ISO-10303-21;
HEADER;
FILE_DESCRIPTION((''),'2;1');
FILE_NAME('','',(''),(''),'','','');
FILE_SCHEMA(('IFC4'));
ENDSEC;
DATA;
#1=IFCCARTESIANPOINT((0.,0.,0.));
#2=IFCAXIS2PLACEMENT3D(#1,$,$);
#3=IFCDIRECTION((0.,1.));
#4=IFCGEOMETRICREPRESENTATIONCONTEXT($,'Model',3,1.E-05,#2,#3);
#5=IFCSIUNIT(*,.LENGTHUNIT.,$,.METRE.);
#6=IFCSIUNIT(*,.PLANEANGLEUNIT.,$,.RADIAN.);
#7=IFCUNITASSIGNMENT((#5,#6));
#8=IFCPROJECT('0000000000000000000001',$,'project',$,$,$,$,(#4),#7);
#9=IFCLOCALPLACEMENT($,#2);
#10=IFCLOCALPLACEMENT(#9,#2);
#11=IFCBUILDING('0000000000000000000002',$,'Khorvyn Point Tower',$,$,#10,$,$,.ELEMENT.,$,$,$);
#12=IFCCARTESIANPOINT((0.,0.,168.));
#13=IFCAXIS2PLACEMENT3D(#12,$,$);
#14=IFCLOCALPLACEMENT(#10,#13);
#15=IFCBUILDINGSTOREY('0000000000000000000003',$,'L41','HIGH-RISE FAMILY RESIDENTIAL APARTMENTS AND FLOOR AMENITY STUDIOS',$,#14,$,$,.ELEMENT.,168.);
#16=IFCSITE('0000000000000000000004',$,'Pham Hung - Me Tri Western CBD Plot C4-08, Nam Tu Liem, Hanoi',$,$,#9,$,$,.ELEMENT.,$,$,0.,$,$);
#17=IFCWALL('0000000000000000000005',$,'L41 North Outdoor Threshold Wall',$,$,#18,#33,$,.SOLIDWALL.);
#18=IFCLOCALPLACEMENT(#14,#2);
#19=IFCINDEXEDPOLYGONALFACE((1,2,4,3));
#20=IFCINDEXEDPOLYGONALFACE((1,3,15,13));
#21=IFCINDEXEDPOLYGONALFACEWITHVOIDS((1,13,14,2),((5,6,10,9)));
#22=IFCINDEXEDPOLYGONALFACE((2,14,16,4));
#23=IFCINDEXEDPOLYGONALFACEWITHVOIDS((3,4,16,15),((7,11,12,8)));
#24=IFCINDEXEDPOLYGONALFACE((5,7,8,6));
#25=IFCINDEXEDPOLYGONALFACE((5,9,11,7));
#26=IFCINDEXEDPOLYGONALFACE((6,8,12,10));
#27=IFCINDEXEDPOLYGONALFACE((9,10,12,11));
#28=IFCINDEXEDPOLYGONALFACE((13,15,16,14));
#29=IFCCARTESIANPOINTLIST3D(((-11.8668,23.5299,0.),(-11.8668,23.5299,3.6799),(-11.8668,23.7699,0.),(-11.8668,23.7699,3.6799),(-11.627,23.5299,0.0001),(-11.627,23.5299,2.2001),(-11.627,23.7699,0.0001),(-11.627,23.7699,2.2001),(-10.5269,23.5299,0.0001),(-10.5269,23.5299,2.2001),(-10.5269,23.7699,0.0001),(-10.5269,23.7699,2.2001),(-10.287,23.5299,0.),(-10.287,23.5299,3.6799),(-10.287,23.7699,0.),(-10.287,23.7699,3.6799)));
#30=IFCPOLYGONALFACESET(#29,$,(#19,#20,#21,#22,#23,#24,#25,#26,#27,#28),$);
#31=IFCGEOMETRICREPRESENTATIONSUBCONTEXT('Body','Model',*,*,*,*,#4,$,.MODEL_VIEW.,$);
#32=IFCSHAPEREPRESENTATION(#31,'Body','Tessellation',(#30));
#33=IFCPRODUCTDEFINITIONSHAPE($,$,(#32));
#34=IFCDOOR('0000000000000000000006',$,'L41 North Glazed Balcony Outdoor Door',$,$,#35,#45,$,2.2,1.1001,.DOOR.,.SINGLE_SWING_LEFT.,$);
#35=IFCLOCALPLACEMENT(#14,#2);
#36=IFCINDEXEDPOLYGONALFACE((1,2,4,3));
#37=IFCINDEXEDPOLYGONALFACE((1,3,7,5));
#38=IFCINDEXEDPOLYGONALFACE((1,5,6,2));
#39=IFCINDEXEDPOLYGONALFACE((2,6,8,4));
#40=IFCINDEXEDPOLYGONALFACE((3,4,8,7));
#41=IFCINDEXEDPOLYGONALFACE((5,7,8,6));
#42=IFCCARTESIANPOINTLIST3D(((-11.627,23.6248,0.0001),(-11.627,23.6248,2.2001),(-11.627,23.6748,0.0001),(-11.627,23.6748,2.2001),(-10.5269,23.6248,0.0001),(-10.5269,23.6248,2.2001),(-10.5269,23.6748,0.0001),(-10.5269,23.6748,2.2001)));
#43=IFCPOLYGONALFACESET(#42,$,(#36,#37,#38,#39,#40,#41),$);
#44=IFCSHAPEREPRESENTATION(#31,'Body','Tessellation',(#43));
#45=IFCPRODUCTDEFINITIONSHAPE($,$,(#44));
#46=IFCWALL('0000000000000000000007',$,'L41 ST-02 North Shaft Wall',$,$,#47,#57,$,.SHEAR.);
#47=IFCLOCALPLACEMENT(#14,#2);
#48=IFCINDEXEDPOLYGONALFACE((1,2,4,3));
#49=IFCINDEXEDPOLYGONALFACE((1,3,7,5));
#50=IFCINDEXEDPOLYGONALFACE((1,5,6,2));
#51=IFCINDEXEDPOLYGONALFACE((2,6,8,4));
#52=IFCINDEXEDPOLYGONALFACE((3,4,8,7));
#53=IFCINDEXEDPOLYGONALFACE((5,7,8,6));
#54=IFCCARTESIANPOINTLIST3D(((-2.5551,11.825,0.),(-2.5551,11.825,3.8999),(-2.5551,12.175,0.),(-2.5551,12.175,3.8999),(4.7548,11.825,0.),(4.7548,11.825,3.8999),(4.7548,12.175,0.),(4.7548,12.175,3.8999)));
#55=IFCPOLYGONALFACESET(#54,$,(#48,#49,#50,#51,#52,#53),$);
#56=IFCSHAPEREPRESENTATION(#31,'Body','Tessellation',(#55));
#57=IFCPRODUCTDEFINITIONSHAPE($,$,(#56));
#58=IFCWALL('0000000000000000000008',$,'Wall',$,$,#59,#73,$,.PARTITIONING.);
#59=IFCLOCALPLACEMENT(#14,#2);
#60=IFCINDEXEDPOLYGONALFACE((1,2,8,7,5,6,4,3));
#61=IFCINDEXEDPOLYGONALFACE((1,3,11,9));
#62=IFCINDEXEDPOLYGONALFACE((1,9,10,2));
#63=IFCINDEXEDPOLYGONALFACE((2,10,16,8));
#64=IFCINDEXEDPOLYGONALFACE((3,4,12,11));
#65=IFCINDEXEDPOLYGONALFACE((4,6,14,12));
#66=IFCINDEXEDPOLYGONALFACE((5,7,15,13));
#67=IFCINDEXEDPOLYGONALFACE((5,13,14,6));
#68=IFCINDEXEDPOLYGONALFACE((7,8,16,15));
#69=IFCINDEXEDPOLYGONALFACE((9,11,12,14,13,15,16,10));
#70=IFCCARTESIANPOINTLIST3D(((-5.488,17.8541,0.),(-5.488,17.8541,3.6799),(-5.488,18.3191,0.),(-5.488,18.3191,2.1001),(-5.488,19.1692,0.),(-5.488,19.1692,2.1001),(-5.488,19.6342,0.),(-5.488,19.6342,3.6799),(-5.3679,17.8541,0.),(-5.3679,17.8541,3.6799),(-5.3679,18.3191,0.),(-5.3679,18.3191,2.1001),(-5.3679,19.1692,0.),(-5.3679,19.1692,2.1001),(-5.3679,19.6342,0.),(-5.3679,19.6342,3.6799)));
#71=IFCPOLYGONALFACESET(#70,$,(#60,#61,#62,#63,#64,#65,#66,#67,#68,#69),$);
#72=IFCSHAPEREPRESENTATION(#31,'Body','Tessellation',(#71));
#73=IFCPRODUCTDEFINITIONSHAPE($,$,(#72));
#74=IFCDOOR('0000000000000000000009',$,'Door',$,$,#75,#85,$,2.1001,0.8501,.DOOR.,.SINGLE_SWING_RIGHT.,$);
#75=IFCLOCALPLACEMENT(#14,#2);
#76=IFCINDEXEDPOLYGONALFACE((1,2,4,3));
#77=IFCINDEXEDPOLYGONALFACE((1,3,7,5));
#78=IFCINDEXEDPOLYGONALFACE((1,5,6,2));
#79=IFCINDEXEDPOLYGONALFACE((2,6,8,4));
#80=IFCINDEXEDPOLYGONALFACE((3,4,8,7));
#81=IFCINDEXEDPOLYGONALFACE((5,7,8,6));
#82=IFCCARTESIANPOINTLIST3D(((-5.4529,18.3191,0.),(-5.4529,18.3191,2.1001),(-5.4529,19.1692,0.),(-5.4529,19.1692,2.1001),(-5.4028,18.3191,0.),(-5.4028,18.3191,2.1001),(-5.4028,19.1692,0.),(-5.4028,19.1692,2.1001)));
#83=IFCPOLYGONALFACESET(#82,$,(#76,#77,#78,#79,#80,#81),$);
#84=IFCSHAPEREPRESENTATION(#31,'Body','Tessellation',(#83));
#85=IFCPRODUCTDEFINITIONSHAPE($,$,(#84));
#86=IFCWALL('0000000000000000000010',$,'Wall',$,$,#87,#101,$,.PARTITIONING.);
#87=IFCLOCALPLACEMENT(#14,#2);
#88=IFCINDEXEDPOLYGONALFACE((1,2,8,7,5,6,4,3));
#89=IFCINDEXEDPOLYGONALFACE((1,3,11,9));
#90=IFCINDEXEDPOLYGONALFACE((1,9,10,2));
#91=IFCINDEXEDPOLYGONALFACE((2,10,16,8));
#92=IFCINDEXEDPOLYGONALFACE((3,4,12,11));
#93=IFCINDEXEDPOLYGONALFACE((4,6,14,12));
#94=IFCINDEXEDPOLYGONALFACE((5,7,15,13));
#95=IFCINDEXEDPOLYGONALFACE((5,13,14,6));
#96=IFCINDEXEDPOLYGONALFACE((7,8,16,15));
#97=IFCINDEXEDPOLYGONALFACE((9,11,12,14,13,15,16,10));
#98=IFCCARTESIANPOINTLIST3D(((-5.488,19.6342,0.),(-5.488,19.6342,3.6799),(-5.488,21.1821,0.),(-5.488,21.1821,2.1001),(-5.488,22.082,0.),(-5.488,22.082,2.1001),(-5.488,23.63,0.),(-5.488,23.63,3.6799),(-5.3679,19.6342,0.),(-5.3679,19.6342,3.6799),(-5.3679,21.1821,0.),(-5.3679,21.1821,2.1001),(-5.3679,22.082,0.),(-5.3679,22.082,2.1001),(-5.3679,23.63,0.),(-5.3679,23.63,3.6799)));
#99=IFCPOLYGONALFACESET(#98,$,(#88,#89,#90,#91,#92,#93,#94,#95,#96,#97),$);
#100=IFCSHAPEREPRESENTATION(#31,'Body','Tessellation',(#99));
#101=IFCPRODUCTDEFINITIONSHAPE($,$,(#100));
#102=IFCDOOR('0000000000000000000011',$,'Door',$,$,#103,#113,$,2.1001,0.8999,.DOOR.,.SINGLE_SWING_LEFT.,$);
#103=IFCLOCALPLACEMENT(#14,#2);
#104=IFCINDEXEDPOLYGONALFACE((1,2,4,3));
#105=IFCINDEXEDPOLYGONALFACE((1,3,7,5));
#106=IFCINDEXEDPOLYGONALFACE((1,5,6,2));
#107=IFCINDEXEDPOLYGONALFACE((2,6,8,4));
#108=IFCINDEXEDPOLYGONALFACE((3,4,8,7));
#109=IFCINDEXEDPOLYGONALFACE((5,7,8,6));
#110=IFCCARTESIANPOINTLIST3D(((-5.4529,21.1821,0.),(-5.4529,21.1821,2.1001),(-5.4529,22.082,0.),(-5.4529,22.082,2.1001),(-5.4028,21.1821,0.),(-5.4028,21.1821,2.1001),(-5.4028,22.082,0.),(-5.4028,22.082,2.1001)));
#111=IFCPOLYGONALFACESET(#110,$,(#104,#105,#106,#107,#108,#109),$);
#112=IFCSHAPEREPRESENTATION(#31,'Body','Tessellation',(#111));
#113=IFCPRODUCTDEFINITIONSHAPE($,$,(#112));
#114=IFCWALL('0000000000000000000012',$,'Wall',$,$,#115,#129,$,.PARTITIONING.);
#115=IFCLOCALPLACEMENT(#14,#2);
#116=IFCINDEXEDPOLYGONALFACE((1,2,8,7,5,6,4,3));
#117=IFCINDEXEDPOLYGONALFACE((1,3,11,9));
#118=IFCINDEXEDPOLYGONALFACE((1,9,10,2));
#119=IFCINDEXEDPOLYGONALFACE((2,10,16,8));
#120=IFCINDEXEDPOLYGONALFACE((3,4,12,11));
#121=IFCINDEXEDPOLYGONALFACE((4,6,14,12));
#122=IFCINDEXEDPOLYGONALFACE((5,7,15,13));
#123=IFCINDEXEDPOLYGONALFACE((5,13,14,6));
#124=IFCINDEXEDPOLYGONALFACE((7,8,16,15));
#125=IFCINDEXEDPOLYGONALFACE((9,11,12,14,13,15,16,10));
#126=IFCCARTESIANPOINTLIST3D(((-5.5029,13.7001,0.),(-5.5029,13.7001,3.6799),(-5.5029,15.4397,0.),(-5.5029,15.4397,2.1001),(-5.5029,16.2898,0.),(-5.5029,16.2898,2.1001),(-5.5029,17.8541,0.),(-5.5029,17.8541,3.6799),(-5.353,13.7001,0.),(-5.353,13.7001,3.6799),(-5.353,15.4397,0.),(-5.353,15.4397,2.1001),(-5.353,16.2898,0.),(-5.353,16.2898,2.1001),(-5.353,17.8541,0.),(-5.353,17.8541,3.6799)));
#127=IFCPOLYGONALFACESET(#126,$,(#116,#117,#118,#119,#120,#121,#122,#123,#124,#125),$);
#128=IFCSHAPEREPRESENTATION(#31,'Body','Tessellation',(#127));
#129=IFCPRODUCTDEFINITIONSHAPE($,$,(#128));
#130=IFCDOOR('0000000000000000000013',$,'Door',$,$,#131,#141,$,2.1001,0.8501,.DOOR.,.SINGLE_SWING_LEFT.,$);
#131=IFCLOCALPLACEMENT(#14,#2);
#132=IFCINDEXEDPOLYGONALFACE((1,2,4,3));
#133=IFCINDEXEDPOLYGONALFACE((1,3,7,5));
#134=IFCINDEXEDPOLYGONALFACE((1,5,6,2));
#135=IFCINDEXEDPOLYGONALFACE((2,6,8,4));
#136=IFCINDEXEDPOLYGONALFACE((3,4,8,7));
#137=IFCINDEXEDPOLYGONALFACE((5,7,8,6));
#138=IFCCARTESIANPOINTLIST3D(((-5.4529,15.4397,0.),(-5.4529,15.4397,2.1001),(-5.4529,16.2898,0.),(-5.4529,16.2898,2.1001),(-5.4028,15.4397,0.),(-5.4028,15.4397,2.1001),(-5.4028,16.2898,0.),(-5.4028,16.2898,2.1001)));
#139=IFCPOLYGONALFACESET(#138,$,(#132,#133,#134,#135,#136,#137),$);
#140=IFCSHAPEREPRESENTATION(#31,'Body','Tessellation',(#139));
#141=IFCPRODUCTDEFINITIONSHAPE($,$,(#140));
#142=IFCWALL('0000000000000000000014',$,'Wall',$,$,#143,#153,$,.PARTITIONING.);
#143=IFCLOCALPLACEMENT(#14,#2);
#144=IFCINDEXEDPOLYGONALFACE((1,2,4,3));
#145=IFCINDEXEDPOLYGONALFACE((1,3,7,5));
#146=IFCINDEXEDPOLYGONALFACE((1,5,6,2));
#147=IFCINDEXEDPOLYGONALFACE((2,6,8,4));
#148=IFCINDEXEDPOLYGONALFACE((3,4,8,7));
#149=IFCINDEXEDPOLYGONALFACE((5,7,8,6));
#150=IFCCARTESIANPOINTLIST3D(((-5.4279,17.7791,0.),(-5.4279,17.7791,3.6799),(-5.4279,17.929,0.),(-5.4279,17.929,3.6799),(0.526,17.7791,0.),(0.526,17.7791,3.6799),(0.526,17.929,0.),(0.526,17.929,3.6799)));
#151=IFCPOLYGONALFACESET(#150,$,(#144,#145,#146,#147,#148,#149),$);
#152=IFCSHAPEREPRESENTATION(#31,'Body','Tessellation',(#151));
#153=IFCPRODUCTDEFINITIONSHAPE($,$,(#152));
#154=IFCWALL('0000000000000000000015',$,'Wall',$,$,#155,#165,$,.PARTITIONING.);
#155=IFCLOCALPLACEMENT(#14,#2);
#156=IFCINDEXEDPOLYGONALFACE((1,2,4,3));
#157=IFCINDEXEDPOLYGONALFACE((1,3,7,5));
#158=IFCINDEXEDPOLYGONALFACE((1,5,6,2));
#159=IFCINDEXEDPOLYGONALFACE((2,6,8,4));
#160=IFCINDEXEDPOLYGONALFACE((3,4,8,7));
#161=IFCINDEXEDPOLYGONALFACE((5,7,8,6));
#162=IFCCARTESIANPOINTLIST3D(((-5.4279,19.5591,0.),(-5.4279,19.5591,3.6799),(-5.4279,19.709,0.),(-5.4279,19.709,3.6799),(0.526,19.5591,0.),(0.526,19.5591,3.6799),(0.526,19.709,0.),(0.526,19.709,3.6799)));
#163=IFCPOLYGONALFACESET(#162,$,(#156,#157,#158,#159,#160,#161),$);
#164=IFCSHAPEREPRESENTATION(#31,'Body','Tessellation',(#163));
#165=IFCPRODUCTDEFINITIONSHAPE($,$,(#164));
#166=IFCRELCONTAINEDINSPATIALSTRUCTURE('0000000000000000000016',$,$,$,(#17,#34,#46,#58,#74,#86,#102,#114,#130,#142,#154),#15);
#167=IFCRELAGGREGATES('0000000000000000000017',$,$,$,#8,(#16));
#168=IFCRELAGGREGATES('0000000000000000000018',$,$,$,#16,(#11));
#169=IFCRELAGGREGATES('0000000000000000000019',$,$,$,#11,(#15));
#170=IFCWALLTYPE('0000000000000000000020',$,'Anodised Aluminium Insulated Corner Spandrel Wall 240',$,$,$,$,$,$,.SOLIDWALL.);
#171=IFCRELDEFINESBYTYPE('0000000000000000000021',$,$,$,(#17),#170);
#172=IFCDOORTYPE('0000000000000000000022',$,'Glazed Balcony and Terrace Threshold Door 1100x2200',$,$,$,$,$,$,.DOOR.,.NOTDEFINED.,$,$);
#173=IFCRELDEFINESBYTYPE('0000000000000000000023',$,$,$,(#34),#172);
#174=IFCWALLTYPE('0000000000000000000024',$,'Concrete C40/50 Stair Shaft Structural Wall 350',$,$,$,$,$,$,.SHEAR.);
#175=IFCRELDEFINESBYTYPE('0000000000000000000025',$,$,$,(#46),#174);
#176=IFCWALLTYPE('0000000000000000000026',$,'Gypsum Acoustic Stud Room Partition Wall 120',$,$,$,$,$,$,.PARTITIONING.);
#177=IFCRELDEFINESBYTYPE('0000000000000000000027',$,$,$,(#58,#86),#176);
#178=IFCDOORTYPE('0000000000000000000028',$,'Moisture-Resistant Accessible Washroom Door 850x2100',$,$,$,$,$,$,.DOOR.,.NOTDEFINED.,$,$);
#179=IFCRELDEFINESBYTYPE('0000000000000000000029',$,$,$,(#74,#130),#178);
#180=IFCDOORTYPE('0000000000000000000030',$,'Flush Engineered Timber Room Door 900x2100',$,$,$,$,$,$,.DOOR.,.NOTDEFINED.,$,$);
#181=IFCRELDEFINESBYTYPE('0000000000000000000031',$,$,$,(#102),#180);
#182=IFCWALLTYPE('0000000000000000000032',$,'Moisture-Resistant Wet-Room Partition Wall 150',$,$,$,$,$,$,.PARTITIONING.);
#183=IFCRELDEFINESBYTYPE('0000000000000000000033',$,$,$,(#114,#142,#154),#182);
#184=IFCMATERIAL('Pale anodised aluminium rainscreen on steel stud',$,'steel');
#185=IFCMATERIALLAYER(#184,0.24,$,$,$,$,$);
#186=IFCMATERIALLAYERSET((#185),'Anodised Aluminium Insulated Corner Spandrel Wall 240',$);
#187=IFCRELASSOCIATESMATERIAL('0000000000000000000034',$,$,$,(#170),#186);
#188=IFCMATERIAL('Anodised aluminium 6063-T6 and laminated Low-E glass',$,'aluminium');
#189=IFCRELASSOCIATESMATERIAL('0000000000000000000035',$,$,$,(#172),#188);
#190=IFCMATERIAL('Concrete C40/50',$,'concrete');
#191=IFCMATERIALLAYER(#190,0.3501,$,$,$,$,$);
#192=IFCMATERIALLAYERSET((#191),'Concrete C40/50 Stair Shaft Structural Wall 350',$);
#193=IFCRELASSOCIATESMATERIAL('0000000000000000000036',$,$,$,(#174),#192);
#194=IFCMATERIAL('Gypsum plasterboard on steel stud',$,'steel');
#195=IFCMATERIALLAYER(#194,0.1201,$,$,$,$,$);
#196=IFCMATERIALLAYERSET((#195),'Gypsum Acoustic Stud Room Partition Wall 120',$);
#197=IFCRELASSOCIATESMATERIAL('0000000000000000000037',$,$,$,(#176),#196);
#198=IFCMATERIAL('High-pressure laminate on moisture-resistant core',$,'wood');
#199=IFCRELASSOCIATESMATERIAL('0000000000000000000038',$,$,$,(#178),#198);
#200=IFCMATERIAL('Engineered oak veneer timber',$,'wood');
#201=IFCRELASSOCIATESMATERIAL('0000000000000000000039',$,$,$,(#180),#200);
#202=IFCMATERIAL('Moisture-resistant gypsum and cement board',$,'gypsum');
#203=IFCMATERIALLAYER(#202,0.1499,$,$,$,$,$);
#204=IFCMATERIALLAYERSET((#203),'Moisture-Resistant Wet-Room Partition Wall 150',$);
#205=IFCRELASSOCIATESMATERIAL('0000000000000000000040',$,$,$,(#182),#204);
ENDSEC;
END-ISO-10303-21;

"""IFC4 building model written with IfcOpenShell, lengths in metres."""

from ifc_helpers import new_model, si_unit, direction, frame, frame_2d, origin, place, context, subcontext, project, spatial, rectangle, extrude, material, layer, layer_set, type_object, element, fill, save


model = new_model("IFC4")

# Units and contexts
model_context = context("Model", 3, precision=1e-05, world=origin(), true_north=direction((0.0, 1.0)))
body_context = subcontext(model_context, "Body", "Model", "MODEL_VIEW")
ifc_project = project(units=[si_unit("LENGTHUNIT", "METRE"), si_unit("PLANEANGLEUNIT", "RADIAN")], contexts=[model_context])

# Site, building, storey
site_placement = place(None, origin())
site = spatial("IfcSite", under=ifc_project, at=site_placement, Name="Pham Hung - Me Tri Western CBD Plot C4-08, Nam Tu Liem, Hanoi", CompositionType="ELEMENT", RefElevation=0.0)
building_placement = place(site_placement, origin())
building = spatial("IfcBuilding", under=site, at=building_placement, Name="Khorvyn Point Tower", CompositionType="ELEMENT")
storey_placement = place(building_placement, frame((0.0, 0.0, 168.0)))
storey = spatial("IfcBuildingStorey", under=building, at=storey_placement, Name="L41", Description="HIGH-RISE FAMILY RESIDENTIAL APARTMENTS AND FLOOR AMENITY STUDIOS", CompositionType="ELEMENT", Elevation=168.0)

# Shared definitions
ifc_material_1 = material(Name="Anodised aluminium 6063-T6 and laminated Low-E glass", Category="aluminium")

# Wall, opening, door
ifc_material_2 = material(Name="Pale anodised aluminium rainscreen on steel stud", Category="steel")
ifc_layer_1 = layer(ifc_material_2, 0.24)
ifc_layer_set_1 = layer_set([ifc_layer_1], Name="Anodised Aluminium Insulated Corner Spandrel Wall 240")
wall_type_1 = type_object("IfcWallType", Name="Anodised Aluminium Insulated Corner Spandrel Wall 240", PredefinedType="SOLIDWALL", material=ifc_layer_set_1)
wall_1_placement = place(storey_placement, frame((-11.8669, 23.6499, 0.0), z_axis=(0.0, 0.0, 1.0), x_axis=(1.0, 0.0, 0.0)))
wall_1 = element("IfcWall", 1, at=wall_1_placement, inside=storey, type_object=wall_type_1, Name="L41 North Outdoor Threshold Wall", PredefinedType="SOLIDWALL", context=body_context, shape_type="SweptSolid", body=[
    extrude(rectangle(XDim=1.5798, YDim=0.24, at=frame_2d((0.79, 0.0))), origin(), (0.0, 0.0, 1.0), 3.6799),
])
opening_1_placement = place(wall_1_placement, frame((0.24, 0.0, 0.0)))
opening_1 = element("IfcOpeningElement", 2, at=opening_1_placement, cuts=wall_1, PredefinedType="OPENING", context=body_context, shape_type="SweptSolid", body=[
    extrude(rectangle(XDim=1.1001, YDim=2.2, at=frame_2d((0.55, 1.1001))), frame((0.0, 0.1299, 0.0), z_axis=(0.0, -1.0, 0.0), x_axis=(1.0, 0.0, 0.0)), (0.0, 0.0, 1.0), 0.26),
])
door_type_1 = type_object("IfcDoorType", Name="Glazed Balcony and Terrace Threshold Door 1100x2200", OperationType="NOTDEFINED", PredefinedType="DOOR", material=ifc_material_1)
door_1_placement = place(opening_1_placement, origin())
door_1 = element("IfcDoor", 3, at=door_1_placement, inside=storey, type_object=door_type_1, Name="L41 North Glazed Balcony Outdoor Door", OperationType="SINGLE_SWING_LEFT", OverallHeight=2.2, OverallWidth=1.1001, PredefinedType="DOOR", context=body_context, shape_type="SweptSolid", body=[
    extrude(rectangle(XDim=1.1001, YDim=2.2, at=frame_2d((0.55, 1.1001))), frame((0.0, 0.0249, 0.0), z_axis=(0.0, -1.0, 0.0), x_axis=(1.0, 0.0, 0.0)), (0.0, 0.0, 1.0), 0.05),
])
fill(opening_1, door_1)

# Wall
ifc_material_3 = material(Name="Concrete C40/50", Category="concrete")
ifc_layer_2 = layer(ifc_material_3, 0.3501)
ifc_layer_set_2 = layer_set([ifc_layer_2], Name="Concrete C40/50 Stair Shaft Structural Wall 350")
wall_type_2 = type_object("IfcWallType", Name="Concrete C40/50 Stair Shaft Structural Wall 350", PredefinedType="SHEAR", material=ifc_layer_set_2)
wall_2_placement = place(storey_placement, frame((-2.5549, 12.0, 0.0), z_axis=(0.0, 0.0, 1.0), x_axis=(1.0, 0.0, 0.0)))
element("IfcWall", 4, at=wall_2_placement, inside=storey, type_object=wall_type_2, Name="L41 ST-02 North Shaft Wall", PredefinedType="SHEAR", context=body_context, shape_type="SweptSolid", body=[
    extrude(rectangle(XDim=7.3098, YDim=0.3501, at=frame_2d((3.6548, 0.0))), origin(), (0.0, 0.0, 1.0), 3.8999),
])

# Walls, openings, doors
ifc_material_4 = material(Name="Gypsum plasterboard on steel stud", Category="steel")
ifc_layer_3 = layer(ifc_material_4, 0.1201)
ifc_layer_set_3 = layer_set([ifc_layer_3], Name="Gypsum Acoustic Stud Room Partition Wall 120")
wall_type_3 = type_object("IfcWallType", Name="Gypsum Acoustic Stud Room Partition Wall 120", PredefinedType="PARTITIONING", material=ifc_layer_set_3)
wall_3_placement = place(storey_placement, frame((-5.428, 17.854, 0.0), z_axis=(0.0, 0.0, 1.0), x_axis=(0.0, 1.0, 0.0)))
wall_3 = element("IfcWall", 5, at=wall_3_placement, inside=storey, type_object=wall_type_3, Name="Wall", PredefinedType="PARTITIONING", context=body_context, shape_type="SweptSolid", body=[
    extrude(rectangle(XDim=1.78, YDim=0.1201, at=frame_2d((0.8901, 0.0))), origin(), (0.0, 0.0, 1.0), 3.6799),
])
opening_2_placement = place(wall_3_placement, frame((0.4651, 0.0, 0.0)))
opening_2 = element("IfcOpeningElement", 6, at=opening_2_placement, cuts=wall_3, PredefinedType="OPENING", context=body_context, shape_type="SweptSolid", body=[
    extrude(rectangle(XDim=0.8501, YDim=2.1001, at=frame_2d((0.425, 1.05))), frame((0.0, 0.0701, 0.0), z_axis=(0.0, -1.0, 0.0), x_axis=(1.0, 0.0, 0.0)), (0.0, 0.0, 1.0), 0.1401),
])
ifc_material_5 = material(Name="High-pressure laminate on moisture-resistant core", Category="wood")
door_type_2 = type_object("IfcDoorType", Name="Moisture-Resistant Accessible Washroom Door 850x2100", OperationType="NOTDEFINED", PredefinedType="DOOR", material=ifc_material_5)
door_2_placement = place(opening_2_placement, origin())
door_2 = element("IfcDoor", 7, at=door_2_placement, inside=storey, type_object=door_type_2, Name="Door", OperationType="SINGLE_SWING_RIGHT", OverallHeight=2.1001, OverallWidth=0.8501, PredefinedType="DOOR", context=body_context, shape_type="SweptSolid", body=[
    extrude(rectangle(XDim=0.8501, YDim=2.1001, at=frame_2d((0.425, 1.05))), frame((0.0, 0.0249, 0.0), z_axis=(0.0, -1.0, 0.0), x_axis=(1.0, 0.0, 0.0)), (0.0, 0.0, 1.0), 0.05),
])
fill(opening_2, door_2)
wall_4_placement = place(storey_placement, frame((-5.428, 19.634, 0.0), z_axis=(0.0, 0.0, 1.0), x_axis=(0.0, 1.0, 0.0)))
wall_4 = element("IfcWall", 8, at=wall_4_placement, inside=storey, type_object=wall_type_3, Name="Wall", PredefinedType="PARTITIONING", context=body_context, shape_type="SweptSolid", body=[
    extrude(rectangle(XDim=3.9958, YDim=0.1201, at=frame_2d((1.998, 0.0))), origin(), (0.0, 0.0, 1.0), 3.6799),
])
opening_3_placement = place(wall_4_placement, frame((1.5481, 0.0, 0.0)))
opening_3 = element("IfcOpeningElement", 9, at=opening_3_placement, cuts=wall_4, PredefinedType="OPENING", context=body_context, shape_type="SweptSolid", body=[
    extrude(rectangle(XDim=0.8999, YDim=2.1001, at=frame_2d((0.45, 1.05))), frame((0.0, 0.0701, 0.0), z_axis=(0.0, -1.0, 0.0), x_axis=(1.0, 0.0, 0.0)), (0.0, 0.0, 1.0), 0.1401),
])
ifc_material_6 = material(Name="Engineered oak veneer timber", Category="wood")
door_type_3 = type_object("IfcDoorType", Name="Flush Engineered Timber Room Door 900x2100", OperationType="NOTDEFINED", PredefinedType="DOOR", material=ifc_material_6)
door_3_placement = place(opening_3_placement, origin())
door_3 = element("IfcDoor", 10, at=door_3_placement, inside=storey, type_object=door_type_3, Name="Door", OperationType="SINGLE_SWING_LEFT", OverallHeight=2.1001, OverallWidth=0.8999, PredefinedType="DOOR", context=body_context, shape_type="SweptSolid", body=[
    extrude(rectangle(XDim=0.8999, YDim=2.1001, at=frame_2d((0.45, 1.05))), frame((0.0, 0.0249, 0.0), z_axis=(0.0, -1.0, 0.0), x_axis=(1.0, 0.0, 0.0)), (0.0, 0.0, 1.0), 0.05),
])
fill(opening_3, door_3)
ifc_material_7 = material(Name="Moisture-resistant gypsum and cement board", Category="gypsum")
ifc_layer_4 = layer(ifc_material_7, 0.1499)
ifc_layer_set_4 = layer_set([ifc_layer_4], Name="Moisture-Resistant Wet-Room Partition Wall 150")
wall_type_4 = type_object("IfcWallType", Name="Moisture-Resistant Wet-Room Partition Wall 150", PredefinedType="PARTITIONING", material=ifc_layer_set_4)
wall_5_placement = place(storey_placement, frame((-5.428, 13.7, 0.0), z_axis=(0.0, 0.0, 1.0), x_axis=(0.0, 1.0, 0.0)))
wall_5 = element("IfcWall", 11, at=wall_5_placement, inside=storey, type_object=wall_type_4, Name="Wall", PredefinedType="PARTITIONING", context=body_context, shape_type="SweptSolid", body=[
    extrude(rectangle(XDim=4.1541, YDim=0.1499, at=frame_2d((2.0771, 0.0))), origin(), (0.0, 0.0, 1.0), 3.6799),
])
opening_4_placement = place(wall_5_placement, frame((1.7397, 0.0, 0.0)))
opening_4 = element("IfcOpeningElement", 12, at=opening_4_placement, cuts=wall_5, PredefinedType="OPENING", context=body_context, shape_type="SweptSolid", body=[
    extrude(rectangle(XDim=0.8501, YDim=2.1001, at=frame_2d((0.425, 1.05))), frame((0.0, 0.085, 0.0), z_axis=(0.0, -1.0, 0.0), x_axis=(1.0, 0.0, 0.0)), (0.0, 0.0, 1.0), 0.1699),
])
door_4_placement = place(opening_4_placement, origin())
door_4 = element("IfcDoor", 13, at=door_4_placement, inside=storey, type_object=door_type_2, Name="Door", OperationType="SINGLE_SWING_LEFT", OverallHeight=2.1001, OverallWidth=0.8501, PredefinedType="DOOR", context=body_context, shape_type="SweptSolid", body=[
    extrude(rectangle(XDim=0.8501, YDim=2.1001, at=frame_2d((0.425, 1.05))), frame((0.0, 0.0249, 0.0), z_axis=(0.0, -1.0, 0.0), x_axis=(1.0, 0.0, 0.0)), (0.0, 0.0, 1.0), 0.05),
])
fill(opening_4, door_4)

# Walls
for number, where, z_axis, x_axis, name in (
    (14, (-5.428, 17.854, 0.0), (0.0, 0.0, 1.0), (1.0, 0.0, 0.0), "Wall"),
    (15, (-5.428, 19.634, 0.0), (0.0, 0.0, 1.0), (1.0, 0.0, 0.0), "Wall"),
):
    element("IfcWall", number, at=place(storey_placement, frame(where, z_axis=z_axis, x_axis=x_axis)), inside=storey, type_object=wall_type_4, Name=name, PredefinedType="PARTITIONING", context=body_context, shape_type="SweptSolid", body=[
        extrude(rectangle(XDim=5.9539, YDim=0.1499, at=frame_2d((2.9771, 0.0))), origin(), (0.0, 0.0, 1.0), 3.6799),
    ])

save(model, "model.ifc")
